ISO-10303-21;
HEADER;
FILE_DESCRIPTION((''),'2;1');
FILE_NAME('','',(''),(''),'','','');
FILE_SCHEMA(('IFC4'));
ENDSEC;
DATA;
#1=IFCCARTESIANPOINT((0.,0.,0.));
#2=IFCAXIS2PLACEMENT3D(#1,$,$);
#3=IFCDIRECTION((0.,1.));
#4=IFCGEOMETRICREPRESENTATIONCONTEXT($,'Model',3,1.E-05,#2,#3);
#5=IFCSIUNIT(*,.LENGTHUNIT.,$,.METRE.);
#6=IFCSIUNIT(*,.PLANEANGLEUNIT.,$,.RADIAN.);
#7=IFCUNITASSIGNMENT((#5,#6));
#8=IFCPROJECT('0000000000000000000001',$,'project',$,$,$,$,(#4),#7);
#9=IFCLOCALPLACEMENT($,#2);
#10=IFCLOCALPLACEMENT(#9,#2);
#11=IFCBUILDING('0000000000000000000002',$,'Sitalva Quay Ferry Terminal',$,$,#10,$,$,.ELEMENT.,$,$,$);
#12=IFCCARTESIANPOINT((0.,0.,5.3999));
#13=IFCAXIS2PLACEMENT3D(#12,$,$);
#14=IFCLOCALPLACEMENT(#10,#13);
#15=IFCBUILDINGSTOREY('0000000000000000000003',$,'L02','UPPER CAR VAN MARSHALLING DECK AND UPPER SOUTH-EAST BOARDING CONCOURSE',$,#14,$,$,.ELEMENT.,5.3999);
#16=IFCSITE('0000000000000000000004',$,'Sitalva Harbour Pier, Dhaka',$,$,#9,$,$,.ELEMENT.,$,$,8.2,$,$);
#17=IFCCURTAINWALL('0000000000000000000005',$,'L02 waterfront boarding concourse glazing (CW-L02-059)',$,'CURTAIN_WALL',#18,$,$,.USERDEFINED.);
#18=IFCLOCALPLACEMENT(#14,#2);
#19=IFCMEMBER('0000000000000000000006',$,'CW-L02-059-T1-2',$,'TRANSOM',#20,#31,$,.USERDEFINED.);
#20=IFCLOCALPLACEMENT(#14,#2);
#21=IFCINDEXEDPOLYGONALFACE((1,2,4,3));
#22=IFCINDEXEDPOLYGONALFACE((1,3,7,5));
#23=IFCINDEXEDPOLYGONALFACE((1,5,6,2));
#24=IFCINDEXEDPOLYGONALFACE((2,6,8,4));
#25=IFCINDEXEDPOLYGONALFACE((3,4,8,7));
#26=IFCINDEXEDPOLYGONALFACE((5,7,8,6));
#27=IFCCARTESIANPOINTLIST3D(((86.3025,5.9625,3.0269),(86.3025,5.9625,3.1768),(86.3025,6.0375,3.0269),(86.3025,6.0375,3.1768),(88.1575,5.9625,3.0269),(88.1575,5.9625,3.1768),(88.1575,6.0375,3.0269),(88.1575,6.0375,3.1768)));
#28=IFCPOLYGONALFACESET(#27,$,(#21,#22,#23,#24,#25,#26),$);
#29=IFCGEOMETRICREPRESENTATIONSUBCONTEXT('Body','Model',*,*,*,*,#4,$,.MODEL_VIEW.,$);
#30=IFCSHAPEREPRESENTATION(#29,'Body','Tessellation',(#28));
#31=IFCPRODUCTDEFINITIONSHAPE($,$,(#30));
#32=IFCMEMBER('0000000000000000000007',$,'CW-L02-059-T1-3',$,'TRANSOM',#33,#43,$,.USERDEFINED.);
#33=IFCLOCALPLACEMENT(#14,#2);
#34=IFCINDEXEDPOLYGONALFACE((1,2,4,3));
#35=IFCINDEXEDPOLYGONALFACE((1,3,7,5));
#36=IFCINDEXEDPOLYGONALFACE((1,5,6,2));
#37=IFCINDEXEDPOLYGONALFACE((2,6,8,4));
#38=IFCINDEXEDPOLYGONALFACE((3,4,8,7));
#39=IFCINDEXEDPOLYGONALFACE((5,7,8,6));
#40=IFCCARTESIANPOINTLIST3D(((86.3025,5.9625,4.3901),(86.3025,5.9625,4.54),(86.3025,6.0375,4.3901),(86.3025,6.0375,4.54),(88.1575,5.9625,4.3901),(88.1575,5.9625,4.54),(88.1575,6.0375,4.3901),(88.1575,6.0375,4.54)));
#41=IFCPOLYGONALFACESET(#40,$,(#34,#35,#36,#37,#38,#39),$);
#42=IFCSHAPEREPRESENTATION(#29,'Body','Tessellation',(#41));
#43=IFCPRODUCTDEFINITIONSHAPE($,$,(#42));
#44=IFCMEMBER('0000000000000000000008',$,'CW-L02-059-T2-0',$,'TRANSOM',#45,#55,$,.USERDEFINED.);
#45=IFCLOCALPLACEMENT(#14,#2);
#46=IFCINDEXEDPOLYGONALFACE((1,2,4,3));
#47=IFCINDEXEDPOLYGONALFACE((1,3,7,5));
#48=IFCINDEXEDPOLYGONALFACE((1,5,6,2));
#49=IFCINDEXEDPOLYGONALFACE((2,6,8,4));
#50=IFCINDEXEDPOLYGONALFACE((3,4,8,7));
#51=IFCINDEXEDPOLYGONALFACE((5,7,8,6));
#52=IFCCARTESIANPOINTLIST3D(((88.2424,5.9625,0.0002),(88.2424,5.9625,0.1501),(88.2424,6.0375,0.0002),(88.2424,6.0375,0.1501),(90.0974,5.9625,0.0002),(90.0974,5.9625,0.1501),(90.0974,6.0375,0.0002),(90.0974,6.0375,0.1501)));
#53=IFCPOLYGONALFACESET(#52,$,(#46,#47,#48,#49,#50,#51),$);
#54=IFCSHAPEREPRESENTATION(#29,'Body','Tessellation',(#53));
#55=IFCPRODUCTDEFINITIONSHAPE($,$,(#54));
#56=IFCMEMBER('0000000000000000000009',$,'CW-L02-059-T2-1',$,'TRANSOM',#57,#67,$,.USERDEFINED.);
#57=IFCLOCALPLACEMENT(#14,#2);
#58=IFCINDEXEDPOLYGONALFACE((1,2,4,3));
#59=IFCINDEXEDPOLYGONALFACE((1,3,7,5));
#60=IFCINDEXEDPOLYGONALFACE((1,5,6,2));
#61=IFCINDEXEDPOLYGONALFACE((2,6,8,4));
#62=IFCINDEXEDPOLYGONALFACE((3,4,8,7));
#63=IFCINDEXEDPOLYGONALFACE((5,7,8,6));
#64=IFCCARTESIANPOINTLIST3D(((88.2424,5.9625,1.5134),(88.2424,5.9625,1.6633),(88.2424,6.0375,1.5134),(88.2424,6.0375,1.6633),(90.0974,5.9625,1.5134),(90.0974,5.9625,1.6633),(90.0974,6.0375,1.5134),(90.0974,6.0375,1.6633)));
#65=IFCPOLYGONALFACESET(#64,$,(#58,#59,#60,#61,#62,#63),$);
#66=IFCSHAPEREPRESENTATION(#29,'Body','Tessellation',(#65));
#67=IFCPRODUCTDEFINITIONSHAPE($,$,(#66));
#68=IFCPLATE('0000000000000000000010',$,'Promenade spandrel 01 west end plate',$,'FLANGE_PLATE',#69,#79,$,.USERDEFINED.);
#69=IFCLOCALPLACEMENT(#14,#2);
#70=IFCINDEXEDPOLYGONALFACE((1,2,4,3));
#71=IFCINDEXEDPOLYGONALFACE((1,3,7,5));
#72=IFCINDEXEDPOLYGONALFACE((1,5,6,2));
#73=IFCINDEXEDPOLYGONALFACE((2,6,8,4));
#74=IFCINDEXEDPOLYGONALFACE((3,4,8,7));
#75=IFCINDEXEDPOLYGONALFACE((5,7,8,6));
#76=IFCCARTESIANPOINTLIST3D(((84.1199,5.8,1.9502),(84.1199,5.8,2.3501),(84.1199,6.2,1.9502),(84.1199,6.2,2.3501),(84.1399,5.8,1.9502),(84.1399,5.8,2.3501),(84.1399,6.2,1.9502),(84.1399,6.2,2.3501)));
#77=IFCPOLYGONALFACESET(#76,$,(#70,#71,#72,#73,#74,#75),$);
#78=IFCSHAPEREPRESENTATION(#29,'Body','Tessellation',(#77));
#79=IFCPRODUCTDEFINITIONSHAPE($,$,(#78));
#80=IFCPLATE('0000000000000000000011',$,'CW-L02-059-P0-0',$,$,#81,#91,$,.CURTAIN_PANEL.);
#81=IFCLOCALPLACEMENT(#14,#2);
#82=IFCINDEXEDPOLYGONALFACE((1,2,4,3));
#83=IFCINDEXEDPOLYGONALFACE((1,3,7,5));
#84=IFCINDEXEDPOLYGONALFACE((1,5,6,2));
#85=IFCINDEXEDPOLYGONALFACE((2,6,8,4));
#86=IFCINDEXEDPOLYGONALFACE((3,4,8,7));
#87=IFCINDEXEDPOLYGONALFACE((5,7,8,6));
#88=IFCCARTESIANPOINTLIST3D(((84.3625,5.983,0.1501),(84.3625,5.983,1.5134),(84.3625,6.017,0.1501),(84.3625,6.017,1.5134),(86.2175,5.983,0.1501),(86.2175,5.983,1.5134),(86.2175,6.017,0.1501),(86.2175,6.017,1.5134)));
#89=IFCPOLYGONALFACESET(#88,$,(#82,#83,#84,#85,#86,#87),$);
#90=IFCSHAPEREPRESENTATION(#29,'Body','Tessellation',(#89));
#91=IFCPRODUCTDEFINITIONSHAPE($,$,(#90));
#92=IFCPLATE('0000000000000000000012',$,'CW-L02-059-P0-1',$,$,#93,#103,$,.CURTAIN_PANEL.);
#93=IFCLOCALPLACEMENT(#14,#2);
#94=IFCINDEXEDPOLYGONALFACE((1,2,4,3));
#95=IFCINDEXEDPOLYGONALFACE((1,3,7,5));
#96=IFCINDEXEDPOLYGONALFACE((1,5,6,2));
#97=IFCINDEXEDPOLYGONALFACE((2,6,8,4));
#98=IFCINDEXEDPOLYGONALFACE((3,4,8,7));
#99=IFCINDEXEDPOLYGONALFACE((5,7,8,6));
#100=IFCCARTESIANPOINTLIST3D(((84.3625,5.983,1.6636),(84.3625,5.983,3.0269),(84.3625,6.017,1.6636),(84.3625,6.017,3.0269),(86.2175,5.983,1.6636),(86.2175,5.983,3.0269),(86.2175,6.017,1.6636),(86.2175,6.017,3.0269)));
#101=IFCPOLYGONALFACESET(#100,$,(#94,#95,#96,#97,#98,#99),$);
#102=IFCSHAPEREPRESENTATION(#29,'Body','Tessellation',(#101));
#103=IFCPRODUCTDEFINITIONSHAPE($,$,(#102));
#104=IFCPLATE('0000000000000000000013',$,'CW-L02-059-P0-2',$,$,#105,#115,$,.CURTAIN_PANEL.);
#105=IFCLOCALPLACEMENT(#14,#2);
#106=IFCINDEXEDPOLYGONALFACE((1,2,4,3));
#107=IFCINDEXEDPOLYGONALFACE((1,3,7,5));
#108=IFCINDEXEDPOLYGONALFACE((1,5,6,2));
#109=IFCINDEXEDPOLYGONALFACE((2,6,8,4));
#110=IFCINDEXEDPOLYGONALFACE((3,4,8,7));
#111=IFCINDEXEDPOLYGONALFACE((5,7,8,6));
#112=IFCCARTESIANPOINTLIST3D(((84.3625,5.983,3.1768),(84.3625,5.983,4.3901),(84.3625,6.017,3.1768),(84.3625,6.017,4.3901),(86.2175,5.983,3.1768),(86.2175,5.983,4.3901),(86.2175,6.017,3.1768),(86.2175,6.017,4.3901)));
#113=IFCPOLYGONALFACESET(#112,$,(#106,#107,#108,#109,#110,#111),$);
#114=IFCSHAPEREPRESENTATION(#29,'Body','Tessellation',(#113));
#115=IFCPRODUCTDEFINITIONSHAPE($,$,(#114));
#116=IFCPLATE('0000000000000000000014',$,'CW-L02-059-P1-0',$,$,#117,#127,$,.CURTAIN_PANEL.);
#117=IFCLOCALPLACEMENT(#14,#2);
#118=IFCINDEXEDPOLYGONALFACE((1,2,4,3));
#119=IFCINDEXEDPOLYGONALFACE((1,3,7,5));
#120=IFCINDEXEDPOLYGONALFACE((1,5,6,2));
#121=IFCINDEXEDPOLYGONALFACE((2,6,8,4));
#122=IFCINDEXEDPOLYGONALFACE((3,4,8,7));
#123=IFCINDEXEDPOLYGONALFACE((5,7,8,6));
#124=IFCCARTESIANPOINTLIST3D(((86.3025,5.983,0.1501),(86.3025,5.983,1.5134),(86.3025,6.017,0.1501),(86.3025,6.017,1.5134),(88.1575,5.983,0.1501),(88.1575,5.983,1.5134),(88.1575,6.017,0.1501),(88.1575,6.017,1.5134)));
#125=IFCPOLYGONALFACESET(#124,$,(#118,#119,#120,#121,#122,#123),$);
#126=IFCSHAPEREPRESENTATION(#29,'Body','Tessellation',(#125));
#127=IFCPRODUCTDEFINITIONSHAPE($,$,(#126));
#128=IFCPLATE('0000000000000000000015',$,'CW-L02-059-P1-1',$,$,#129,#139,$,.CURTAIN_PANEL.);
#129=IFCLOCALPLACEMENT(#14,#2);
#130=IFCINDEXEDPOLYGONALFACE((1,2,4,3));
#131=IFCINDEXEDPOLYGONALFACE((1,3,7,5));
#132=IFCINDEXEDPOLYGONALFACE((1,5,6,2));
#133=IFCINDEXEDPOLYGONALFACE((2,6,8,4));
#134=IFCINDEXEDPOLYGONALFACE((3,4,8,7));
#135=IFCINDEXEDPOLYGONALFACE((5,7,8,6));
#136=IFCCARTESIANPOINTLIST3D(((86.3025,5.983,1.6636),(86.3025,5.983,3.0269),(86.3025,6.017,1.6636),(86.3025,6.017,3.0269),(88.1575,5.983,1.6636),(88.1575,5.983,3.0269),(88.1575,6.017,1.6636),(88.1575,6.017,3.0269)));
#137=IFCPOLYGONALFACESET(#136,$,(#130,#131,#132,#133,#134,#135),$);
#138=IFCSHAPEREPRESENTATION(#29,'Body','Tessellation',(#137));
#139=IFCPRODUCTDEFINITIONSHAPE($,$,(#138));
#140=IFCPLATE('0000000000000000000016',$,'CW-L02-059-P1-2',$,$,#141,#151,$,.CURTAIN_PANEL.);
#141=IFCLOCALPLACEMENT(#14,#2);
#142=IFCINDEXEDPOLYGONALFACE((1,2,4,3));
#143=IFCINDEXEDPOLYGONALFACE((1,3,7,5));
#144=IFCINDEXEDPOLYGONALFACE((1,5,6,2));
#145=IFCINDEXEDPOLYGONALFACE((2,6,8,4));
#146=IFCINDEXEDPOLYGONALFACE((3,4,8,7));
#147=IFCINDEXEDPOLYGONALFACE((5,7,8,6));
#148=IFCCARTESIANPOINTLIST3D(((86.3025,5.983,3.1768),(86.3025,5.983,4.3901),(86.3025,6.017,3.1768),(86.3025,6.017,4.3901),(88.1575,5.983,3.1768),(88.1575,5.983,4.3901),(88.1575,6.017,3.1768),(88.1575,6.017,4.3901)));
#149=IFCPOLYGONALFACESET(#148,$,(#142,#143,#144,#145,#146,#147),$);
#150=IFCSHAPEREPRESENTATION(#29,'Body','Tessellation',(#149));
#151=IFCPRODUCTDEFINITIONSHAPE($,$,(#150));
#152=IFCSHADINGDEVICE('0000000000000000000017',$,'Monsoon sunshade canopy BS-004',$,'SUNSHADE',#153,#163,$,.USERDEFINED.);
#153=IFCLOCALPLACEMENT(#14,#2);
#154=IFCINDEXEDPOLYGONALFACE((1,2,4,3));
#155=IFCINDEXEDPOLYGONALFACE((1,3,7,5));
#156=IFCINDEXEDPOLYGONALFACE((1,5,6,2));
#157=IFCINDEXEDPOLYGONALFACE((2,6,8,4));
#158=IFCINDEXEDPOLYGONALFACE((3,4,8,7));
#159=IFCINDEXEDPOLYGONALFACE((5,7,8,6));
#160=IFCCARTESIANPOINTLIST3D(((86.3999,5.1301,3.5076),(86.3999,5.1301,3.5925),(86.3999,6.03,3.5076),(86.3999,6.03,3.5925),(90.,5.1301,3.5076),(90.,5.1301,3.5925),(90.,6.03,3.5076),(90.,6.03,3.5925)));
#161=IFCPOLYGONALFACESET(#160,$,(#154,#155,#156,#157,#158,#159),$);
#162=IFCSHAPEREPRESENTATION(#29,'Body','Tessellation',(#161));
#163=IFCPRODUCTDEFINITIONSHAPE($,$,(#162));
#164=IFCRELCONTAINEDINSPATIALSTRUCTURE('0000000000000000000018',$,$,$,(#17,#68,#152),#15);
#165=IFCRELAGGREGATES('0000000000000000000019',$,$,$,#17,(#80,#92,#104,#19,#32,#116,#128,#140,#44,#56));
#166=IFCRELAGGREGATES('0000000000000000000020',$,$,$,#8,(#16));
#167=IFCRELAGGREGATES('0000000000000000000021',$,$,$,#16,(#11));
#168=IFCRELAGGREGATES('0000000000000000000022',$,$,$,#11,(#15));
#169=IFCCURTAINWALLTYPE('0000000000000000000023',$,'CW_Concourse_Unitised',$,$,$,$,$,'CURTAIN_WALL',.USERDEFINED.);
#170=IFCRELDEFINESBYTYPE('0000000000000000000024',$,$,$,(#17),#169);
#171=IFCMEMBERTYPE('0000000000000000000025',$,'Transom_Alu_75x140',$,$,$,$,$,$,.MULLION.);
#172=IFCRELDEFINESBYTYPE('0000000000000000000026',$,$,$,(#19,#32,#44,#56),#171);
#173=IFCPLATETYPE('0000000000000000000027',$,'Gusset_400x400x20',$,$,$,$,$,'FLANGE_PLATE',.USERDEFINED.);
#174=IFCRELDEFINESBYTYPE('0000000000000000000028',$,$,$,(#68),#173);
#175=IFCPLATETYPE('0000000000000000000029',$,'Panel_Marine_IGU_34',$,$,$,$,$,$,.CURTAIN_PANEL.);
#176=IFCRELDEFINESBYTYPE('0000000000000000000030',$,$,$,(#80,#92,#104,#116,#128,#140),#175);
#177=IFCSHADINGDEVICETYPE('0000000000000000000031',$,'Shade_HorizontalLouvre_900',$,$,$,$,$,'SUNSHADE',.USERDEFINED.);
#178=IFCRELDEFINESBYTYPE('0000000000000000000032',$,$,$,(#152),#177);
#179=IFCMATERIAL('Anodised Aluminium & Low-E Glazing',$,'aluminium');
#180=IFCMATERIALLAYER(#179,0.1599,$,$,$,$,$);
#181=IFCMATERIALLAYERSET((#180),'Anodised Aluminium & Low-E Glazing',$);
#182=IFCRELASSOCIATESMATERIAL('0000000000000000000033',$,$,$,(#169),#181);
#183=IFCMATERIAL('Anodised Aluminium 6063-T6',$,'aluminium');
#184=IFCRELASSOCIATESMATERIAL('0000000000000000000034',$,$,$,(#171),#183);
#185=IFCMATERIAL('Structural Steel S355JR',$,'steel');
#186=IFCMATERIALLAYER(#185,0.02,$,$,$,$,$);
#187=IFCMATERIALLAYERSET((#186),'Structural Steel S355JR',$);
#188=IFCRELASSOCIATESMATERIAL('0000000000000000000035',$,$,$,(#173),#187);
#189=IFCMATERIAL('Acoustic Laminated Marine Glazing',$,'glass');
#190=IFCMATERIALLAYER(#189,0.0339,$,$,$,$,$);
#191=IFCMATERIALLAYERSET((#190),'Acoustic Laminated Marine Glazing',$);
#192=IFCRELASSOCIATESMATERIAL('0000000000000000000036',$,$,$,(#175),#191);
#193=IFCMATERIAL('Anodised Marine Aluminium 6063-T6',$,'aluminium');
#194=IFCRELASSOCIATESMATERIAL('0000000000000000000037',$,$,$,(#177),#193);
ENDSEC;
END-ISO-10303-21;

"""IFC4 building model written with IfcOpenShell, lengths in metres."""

from ifc_helpers import new_model, si_unit, direction, frame, origin, origin_2d, place, context, subcontext, project, spatial, rectangle, extrude, material, layer, layer_set, material_profile, profile_set, type_object, element, aggregate, save


model = new_model("IFC4")

# Units and contexts
model_context = context("Model", 3, precision=1e-05, world=origin(), true_north=direction((0.0, 1.0)))
body_context = subcontext(model_context, "Body", "Model", "MODEL_VIEW")
ifc_project = project(units=[si_unit("LENGTHUNIT", "METRE"), si_unit("PLANEANGLEUNIT", "RADIAN")], contexts=[model_context])

# Site, building, storey
site_placement = place(None, origin())
site = spatial("IfcSite", under=ifc_project, at=site_placement, Name="Sitalva Harbour Pier, Dhaka", CompositionType="ELEMENT", RefElevation=8.2)
building_placement = place(site_placement, origin())
building = spatial("IfcBuilding", under=site, at=building_placement, Name="Sitalva Quay Ferry Terminal", CompositionType="ELEMENT")
storey_placement = place(building_placement, frame((0.0, 0.0, 5.3999)))
storey = spatial("IfcBuildingStorey", under=building, at=storey_placement, Name="L02", Description="UPPER CAR VAN MARSHALLING DECK AND UPPER SOUTH-EAST BOARDING CONCOURSE", CompositionType="ELEMENT", Elevation=5.3999)

# Curtain wall
ifc_material_1 = material(Name="Anodised Aluminium & Low-E Glazing", Category="aluminium")
ifc_layer_1 = layer(ifc_material_1, 0.1599)
ifc_layer_set_1 = layer_set([ifc_layer_1], Name="Anodised Aluminium & Low-E Glazing")
curtain_wall_type = type_object("IfcCurtainWallType", Name="CW_Concourse_Unitised", ElementType="CURTAIN_WALL", PredefinedType="USERDEFINED", material=ifc_layer_set_1)
curtain_wall_placement = place(storey_placement, origin())
curtain_wall = element("IfcCurtainWall", 1, at=curtain_wall_placement, inside=storey, type_object=curtain_wall_type, Name="L02 waterfront boarding concourse glazing (CW-L02-059)", ObjectType="CURTAIN_WALL", PredefinedType="USERDEFINED")

# Members
ifc_material_2 = material(Name="Anodised Aluminium 6063-T6", Category="aluminium")
ifc_material_profile_1 = material_profile(ifc_material_2, rectangle(XDim=0.075, YDim=0.1499, at=origin_2d()), Name="ALU75x150")
ifc_profile_set_1 = profile_set([ifc_material_profile_1], Name="Anodised Aluminium 6063-T6")
member_type_1 = type_object("IfcMemberType", Name="Transom_Alu_75x140", PredefinedType="MULLION", material=ifc_profile_set_1)
member_1_placement = place(storey_placement, frame((86.3025, 6.0, 3.1018), z_axis=(1.0, 0.0, 0.0), x_axis=(0.0, 1.0, 0.0)))
member_1 = element("IfcMember", 2, at=member_1_placement, type_object=member_type_1, Name="CW-L02-059-T1-2", ObjectType="TRANSOM", PredefinedType="USERDEFINED", context=body_context, shape_type="SweptSolid", body=[
    extrude(rectangle(XDim=0.075, YDim=0.1499, at=origin_2d()), origin(), (0.0, 0.0, 1.0), 1.855),
])
member_2_placement = place(storey_placement, frame((86.3025, 6.0, 4.4651), z_axis=(1.0, 0.0, 0.0), x_axis=(0.0, 1.0, 0.0)))
member_2 = element("IfcMember", 3, at=member_2_placement, type_object=member_type_1, Name="CW-L02-059-T1-3", ObjectType="TRANSOM", PredefinedType="USERDEFINED", context=body_context, shape_type="SweptSolid", body=[
    extrude(rectangle(XDim=0.075, YDim=0.1499, at=origin_2d()), origin(), (0.0, 0.0, 1.0), 1.855),
])
member_3_placement = place(storey_placement, frame((88.2424, 6.0, 0.0752), z_axis=(1.0, 0.0, 0.0), x_axis=(0.0, 1.0, 0.0)))
member_3 = element("IfcMember", 4, at=member_3_placement, type_object=member_type_1, Name="CW-L02-059-T2-0", ObjectType="TRANSOM", PredefinedType="USERDEFINED", context=body_context, shape_type="SweptSolid", body=[
    extrude(rectangle(XDim=0.075, YDim=0.1499, at=origin_2d()), origin(), (0.0, 0.0, 1.0), 1.855),
])
member_4_placement = place(storey_placement, frame((88.2424, 6.0, 1.5884), z_axis=(1.0, 0.0, 0.0), x_axis=(0.0, 1.0, 0.0)))
member_4 = element("IfcMember", 5, at=member_4_placement, type_object=member_type_1, Name="CW-L02-059-T2-1", ObjectType="TRANSOM", PredefinedType="USERDEFINED", context=body_context, shape_type="SweptSolid", body=[
    extrude(rectangle(XDim=0.075, YDim=0.1499, at=origin_2d()), origin(), (0.0, 0.0, 1.0), 1.855),
])

# Plates
ifc_material_3 = material(Name="Structural Steel S355JR", Category="steel")
ifc_layer_2 = layer(ifc_material_3, 0.02)
ifc_layer_set_2 = layer_set([ifc_layer_2], Name="Structural Steel S355JR")
plate_type_1 = type_object("IfcPlateType", Name="Gusset_400x400x20", ElementType="FLANGE_PLATE", PredefinedType="USERDEFINED", material=ifc_layer_set_2)
plate_1_placement = place(storey_placement, frame((84.1299, 6.0, 1.9502), z_axis=(0.0, 0.0, 1.0), x_axis=(1.0, 0.0, 0.0)))
element("IfcPlate", 6, at=plate_1_placement, inside=storey, type_object=plate_type_1, Name="Promenade spandrel 01 west end plate", ObjectType="FLANGE_PLATE", PredefinedType="USERDEFINED", context=body_context, shape_type="SweptSolid", body=[
    extrude(rectangle(XDim=0.02, YDim=0.3999, at=origin_2d()), origin(), (0.0, 0.0, 1.0), 0.3999),
])
ifc_material_4 = material(Name="Acoustic Laminated Marine Glazing", Category="glass")
ifc_layer_3 = layer(ifc_material_4, 0.0339)
ifc_layer_set_3 = layer_set([ifc_layer_3], Name="Acoustic Laminated Marine Glazing")
plate_type_2 = type_object("IfcPlateType", Name="Panel_Marine_IGU_34", PredefinedType="CURTAIN_PANEL", material=ifc_layer_set_3)
plate_2_placement = place(storey_placement, frame((85.29, 6.0, 0.1501), z_axis=(0.0, 0.0, 1.0), x_axis=(1.0, 0.0, 0.0)))
plate_2 = element("IfcPlate", 7, at=plate_2_placement, type_object=plate_type_2, Name="CW-L02-059-P0-0", PredefinedType="CURTAIN_PANEL", context=body_context, shape_type="SweptSolid", body=[
    extrude(rectangle(XDim=1.855, YDim=0.0339, at=origin_2d()), origin(), (0.0, 0.0, 1.0), 1.3633),
])
plate_3_placement = place(storey_placement, frame((85.29, 6.0, 1.6636), z_axis=(0.0, 0.0, 1.0), x_axis=(1.0, 0.0, 0.0)))
plate_3 = element("IfcPlate", 8, at=plate_3_placement, type_object=plate_type_2, Name="CW-L02-059-P0-1", PredefinedType="CURTAIN_PANEL", context=body_context, shape_type="SweptSolid", body=[
    extrude(rectangle(XDim=1.855, YDim=0.0339, at=origin_2d()), origin(), (0.0, 0.0, 1.0), 1.3633),
])
plate_4_placement = place(storey_placement, frame((85.29, 6.0, 3.1768), z_axis=(0.0, 0.0, 1.0), x_axis=(1.0, 0.0, 0.0)))
plate_4 = element("IfcPlate", 9, at=plate_4_placement, type_object=plate_type_2, Name="CW-L02-059-P0-2", PredefinedType="CURTAIN_PANEL", context=body_context, shape_type="SweptSolid", body=[
    extrude(rectangle(XDim=1.855, YDim=0.0339, at=origin_2d()), origin(), (0.0, 0.0, 1.0), 1.2134),
])
plate_5_placement = place(storey_placement, frame((87.23, 6.0, 0.1501), z_axis=(0.0, 0.0, 1.0), x_axis=(1.0, 0.0, 0.0)))
plate_5 = element("IfcPlate", 10, at=plate_5_placement, type_object=plate_type_2, Name="CW-L02-059-P1-0", PredefinedType="CURTAIN_PANEL", context=body_context, shape_type="SweptSolid", body=[
    extrude(rectangle(XDim=1.855, YDim=0.0339, at=origin_2d()), origin(), (0.0, 0.0, 1.0), 1.3633),
])
plate_6_placement = place(storey_placement, frame((87.23, 6.0, 1.6636), z_axis=(0.0, 0.0, 1.0), x_axis=(1.0, 0.0, 0.0)))
plate_6 = element("IfcPlate", 11, at=plate_6_placement, type_object=plate_type_2, Name="CW-L02-059-P1-1", PredefinedType="CURTAIN_PANEL", context=body_context, shape_type="SweptSolid", body=[
    extrude(rectangle(XDim=1.855, YDim=0.0339, at=origin_2d()), origin(), (0.0, 0.0, 1.0), 1.3633),
])
plate_7_placement = place(storey_placement, frame((87.23, 6.0, 3.1768), z_axis=(0.0, 0.0, 1.0), x_axis=(1.0, 0.0, 0.0)))
plate_7 = element("IfcPlate", 12, at=plate_7_placement, type_object=plate_type_2, Name="CW-L02-059-P1-2", PredefinedType="CURTAIN_PANEL", context=body_context, shape_type="SweptSolid", body=[
    extrude(rectangle(XDim=1.855, YDim=0.0339, at=origin_2d()), origin(), (0.0, 0.0, 1.0), 1.2134),
])
aggregate(curtain_wall, [plate_2, plate_3, plate_4, member_1, member_2, plate_5, plate_6, plate_7, member_3, member_4])

# Shading device
ifc_material_5 = material(Name="Anodised Marine Aluminium 6063-T6", Category="aluminium")
shading_device_type = type_object("IfcShadingDeviceType", Name="Shade_HorizontalLouvre_900", ElementType="SUNSHADE", PredefinedType="USERDEFINED", material=ifc_material_5)
shading_device_placement = place(storey_placement, frame((88.2, 5.5801, 3.5076), z_axis=(0.0, 0.0, 1.0), x_axis=(1.0, 0.0, 0.0)))
element("IfcShadingDevice", 13, at=shading_device_placement, inside=storey, type_object=shading_device_type, Name="Monsoon sunshade canopy BS-004", ObjectType="SUNSHADE", PredefinedType="USERDEFINED", context=body_context, shape_type="SweptSolid", body=[
    extrude(rectangle(XDim=3.6001, YDim=0.8999, at=origin_2d()), origin(), (0.0, 0.0, 1.0), 0.085),
])

save(model, "model.ifc")
